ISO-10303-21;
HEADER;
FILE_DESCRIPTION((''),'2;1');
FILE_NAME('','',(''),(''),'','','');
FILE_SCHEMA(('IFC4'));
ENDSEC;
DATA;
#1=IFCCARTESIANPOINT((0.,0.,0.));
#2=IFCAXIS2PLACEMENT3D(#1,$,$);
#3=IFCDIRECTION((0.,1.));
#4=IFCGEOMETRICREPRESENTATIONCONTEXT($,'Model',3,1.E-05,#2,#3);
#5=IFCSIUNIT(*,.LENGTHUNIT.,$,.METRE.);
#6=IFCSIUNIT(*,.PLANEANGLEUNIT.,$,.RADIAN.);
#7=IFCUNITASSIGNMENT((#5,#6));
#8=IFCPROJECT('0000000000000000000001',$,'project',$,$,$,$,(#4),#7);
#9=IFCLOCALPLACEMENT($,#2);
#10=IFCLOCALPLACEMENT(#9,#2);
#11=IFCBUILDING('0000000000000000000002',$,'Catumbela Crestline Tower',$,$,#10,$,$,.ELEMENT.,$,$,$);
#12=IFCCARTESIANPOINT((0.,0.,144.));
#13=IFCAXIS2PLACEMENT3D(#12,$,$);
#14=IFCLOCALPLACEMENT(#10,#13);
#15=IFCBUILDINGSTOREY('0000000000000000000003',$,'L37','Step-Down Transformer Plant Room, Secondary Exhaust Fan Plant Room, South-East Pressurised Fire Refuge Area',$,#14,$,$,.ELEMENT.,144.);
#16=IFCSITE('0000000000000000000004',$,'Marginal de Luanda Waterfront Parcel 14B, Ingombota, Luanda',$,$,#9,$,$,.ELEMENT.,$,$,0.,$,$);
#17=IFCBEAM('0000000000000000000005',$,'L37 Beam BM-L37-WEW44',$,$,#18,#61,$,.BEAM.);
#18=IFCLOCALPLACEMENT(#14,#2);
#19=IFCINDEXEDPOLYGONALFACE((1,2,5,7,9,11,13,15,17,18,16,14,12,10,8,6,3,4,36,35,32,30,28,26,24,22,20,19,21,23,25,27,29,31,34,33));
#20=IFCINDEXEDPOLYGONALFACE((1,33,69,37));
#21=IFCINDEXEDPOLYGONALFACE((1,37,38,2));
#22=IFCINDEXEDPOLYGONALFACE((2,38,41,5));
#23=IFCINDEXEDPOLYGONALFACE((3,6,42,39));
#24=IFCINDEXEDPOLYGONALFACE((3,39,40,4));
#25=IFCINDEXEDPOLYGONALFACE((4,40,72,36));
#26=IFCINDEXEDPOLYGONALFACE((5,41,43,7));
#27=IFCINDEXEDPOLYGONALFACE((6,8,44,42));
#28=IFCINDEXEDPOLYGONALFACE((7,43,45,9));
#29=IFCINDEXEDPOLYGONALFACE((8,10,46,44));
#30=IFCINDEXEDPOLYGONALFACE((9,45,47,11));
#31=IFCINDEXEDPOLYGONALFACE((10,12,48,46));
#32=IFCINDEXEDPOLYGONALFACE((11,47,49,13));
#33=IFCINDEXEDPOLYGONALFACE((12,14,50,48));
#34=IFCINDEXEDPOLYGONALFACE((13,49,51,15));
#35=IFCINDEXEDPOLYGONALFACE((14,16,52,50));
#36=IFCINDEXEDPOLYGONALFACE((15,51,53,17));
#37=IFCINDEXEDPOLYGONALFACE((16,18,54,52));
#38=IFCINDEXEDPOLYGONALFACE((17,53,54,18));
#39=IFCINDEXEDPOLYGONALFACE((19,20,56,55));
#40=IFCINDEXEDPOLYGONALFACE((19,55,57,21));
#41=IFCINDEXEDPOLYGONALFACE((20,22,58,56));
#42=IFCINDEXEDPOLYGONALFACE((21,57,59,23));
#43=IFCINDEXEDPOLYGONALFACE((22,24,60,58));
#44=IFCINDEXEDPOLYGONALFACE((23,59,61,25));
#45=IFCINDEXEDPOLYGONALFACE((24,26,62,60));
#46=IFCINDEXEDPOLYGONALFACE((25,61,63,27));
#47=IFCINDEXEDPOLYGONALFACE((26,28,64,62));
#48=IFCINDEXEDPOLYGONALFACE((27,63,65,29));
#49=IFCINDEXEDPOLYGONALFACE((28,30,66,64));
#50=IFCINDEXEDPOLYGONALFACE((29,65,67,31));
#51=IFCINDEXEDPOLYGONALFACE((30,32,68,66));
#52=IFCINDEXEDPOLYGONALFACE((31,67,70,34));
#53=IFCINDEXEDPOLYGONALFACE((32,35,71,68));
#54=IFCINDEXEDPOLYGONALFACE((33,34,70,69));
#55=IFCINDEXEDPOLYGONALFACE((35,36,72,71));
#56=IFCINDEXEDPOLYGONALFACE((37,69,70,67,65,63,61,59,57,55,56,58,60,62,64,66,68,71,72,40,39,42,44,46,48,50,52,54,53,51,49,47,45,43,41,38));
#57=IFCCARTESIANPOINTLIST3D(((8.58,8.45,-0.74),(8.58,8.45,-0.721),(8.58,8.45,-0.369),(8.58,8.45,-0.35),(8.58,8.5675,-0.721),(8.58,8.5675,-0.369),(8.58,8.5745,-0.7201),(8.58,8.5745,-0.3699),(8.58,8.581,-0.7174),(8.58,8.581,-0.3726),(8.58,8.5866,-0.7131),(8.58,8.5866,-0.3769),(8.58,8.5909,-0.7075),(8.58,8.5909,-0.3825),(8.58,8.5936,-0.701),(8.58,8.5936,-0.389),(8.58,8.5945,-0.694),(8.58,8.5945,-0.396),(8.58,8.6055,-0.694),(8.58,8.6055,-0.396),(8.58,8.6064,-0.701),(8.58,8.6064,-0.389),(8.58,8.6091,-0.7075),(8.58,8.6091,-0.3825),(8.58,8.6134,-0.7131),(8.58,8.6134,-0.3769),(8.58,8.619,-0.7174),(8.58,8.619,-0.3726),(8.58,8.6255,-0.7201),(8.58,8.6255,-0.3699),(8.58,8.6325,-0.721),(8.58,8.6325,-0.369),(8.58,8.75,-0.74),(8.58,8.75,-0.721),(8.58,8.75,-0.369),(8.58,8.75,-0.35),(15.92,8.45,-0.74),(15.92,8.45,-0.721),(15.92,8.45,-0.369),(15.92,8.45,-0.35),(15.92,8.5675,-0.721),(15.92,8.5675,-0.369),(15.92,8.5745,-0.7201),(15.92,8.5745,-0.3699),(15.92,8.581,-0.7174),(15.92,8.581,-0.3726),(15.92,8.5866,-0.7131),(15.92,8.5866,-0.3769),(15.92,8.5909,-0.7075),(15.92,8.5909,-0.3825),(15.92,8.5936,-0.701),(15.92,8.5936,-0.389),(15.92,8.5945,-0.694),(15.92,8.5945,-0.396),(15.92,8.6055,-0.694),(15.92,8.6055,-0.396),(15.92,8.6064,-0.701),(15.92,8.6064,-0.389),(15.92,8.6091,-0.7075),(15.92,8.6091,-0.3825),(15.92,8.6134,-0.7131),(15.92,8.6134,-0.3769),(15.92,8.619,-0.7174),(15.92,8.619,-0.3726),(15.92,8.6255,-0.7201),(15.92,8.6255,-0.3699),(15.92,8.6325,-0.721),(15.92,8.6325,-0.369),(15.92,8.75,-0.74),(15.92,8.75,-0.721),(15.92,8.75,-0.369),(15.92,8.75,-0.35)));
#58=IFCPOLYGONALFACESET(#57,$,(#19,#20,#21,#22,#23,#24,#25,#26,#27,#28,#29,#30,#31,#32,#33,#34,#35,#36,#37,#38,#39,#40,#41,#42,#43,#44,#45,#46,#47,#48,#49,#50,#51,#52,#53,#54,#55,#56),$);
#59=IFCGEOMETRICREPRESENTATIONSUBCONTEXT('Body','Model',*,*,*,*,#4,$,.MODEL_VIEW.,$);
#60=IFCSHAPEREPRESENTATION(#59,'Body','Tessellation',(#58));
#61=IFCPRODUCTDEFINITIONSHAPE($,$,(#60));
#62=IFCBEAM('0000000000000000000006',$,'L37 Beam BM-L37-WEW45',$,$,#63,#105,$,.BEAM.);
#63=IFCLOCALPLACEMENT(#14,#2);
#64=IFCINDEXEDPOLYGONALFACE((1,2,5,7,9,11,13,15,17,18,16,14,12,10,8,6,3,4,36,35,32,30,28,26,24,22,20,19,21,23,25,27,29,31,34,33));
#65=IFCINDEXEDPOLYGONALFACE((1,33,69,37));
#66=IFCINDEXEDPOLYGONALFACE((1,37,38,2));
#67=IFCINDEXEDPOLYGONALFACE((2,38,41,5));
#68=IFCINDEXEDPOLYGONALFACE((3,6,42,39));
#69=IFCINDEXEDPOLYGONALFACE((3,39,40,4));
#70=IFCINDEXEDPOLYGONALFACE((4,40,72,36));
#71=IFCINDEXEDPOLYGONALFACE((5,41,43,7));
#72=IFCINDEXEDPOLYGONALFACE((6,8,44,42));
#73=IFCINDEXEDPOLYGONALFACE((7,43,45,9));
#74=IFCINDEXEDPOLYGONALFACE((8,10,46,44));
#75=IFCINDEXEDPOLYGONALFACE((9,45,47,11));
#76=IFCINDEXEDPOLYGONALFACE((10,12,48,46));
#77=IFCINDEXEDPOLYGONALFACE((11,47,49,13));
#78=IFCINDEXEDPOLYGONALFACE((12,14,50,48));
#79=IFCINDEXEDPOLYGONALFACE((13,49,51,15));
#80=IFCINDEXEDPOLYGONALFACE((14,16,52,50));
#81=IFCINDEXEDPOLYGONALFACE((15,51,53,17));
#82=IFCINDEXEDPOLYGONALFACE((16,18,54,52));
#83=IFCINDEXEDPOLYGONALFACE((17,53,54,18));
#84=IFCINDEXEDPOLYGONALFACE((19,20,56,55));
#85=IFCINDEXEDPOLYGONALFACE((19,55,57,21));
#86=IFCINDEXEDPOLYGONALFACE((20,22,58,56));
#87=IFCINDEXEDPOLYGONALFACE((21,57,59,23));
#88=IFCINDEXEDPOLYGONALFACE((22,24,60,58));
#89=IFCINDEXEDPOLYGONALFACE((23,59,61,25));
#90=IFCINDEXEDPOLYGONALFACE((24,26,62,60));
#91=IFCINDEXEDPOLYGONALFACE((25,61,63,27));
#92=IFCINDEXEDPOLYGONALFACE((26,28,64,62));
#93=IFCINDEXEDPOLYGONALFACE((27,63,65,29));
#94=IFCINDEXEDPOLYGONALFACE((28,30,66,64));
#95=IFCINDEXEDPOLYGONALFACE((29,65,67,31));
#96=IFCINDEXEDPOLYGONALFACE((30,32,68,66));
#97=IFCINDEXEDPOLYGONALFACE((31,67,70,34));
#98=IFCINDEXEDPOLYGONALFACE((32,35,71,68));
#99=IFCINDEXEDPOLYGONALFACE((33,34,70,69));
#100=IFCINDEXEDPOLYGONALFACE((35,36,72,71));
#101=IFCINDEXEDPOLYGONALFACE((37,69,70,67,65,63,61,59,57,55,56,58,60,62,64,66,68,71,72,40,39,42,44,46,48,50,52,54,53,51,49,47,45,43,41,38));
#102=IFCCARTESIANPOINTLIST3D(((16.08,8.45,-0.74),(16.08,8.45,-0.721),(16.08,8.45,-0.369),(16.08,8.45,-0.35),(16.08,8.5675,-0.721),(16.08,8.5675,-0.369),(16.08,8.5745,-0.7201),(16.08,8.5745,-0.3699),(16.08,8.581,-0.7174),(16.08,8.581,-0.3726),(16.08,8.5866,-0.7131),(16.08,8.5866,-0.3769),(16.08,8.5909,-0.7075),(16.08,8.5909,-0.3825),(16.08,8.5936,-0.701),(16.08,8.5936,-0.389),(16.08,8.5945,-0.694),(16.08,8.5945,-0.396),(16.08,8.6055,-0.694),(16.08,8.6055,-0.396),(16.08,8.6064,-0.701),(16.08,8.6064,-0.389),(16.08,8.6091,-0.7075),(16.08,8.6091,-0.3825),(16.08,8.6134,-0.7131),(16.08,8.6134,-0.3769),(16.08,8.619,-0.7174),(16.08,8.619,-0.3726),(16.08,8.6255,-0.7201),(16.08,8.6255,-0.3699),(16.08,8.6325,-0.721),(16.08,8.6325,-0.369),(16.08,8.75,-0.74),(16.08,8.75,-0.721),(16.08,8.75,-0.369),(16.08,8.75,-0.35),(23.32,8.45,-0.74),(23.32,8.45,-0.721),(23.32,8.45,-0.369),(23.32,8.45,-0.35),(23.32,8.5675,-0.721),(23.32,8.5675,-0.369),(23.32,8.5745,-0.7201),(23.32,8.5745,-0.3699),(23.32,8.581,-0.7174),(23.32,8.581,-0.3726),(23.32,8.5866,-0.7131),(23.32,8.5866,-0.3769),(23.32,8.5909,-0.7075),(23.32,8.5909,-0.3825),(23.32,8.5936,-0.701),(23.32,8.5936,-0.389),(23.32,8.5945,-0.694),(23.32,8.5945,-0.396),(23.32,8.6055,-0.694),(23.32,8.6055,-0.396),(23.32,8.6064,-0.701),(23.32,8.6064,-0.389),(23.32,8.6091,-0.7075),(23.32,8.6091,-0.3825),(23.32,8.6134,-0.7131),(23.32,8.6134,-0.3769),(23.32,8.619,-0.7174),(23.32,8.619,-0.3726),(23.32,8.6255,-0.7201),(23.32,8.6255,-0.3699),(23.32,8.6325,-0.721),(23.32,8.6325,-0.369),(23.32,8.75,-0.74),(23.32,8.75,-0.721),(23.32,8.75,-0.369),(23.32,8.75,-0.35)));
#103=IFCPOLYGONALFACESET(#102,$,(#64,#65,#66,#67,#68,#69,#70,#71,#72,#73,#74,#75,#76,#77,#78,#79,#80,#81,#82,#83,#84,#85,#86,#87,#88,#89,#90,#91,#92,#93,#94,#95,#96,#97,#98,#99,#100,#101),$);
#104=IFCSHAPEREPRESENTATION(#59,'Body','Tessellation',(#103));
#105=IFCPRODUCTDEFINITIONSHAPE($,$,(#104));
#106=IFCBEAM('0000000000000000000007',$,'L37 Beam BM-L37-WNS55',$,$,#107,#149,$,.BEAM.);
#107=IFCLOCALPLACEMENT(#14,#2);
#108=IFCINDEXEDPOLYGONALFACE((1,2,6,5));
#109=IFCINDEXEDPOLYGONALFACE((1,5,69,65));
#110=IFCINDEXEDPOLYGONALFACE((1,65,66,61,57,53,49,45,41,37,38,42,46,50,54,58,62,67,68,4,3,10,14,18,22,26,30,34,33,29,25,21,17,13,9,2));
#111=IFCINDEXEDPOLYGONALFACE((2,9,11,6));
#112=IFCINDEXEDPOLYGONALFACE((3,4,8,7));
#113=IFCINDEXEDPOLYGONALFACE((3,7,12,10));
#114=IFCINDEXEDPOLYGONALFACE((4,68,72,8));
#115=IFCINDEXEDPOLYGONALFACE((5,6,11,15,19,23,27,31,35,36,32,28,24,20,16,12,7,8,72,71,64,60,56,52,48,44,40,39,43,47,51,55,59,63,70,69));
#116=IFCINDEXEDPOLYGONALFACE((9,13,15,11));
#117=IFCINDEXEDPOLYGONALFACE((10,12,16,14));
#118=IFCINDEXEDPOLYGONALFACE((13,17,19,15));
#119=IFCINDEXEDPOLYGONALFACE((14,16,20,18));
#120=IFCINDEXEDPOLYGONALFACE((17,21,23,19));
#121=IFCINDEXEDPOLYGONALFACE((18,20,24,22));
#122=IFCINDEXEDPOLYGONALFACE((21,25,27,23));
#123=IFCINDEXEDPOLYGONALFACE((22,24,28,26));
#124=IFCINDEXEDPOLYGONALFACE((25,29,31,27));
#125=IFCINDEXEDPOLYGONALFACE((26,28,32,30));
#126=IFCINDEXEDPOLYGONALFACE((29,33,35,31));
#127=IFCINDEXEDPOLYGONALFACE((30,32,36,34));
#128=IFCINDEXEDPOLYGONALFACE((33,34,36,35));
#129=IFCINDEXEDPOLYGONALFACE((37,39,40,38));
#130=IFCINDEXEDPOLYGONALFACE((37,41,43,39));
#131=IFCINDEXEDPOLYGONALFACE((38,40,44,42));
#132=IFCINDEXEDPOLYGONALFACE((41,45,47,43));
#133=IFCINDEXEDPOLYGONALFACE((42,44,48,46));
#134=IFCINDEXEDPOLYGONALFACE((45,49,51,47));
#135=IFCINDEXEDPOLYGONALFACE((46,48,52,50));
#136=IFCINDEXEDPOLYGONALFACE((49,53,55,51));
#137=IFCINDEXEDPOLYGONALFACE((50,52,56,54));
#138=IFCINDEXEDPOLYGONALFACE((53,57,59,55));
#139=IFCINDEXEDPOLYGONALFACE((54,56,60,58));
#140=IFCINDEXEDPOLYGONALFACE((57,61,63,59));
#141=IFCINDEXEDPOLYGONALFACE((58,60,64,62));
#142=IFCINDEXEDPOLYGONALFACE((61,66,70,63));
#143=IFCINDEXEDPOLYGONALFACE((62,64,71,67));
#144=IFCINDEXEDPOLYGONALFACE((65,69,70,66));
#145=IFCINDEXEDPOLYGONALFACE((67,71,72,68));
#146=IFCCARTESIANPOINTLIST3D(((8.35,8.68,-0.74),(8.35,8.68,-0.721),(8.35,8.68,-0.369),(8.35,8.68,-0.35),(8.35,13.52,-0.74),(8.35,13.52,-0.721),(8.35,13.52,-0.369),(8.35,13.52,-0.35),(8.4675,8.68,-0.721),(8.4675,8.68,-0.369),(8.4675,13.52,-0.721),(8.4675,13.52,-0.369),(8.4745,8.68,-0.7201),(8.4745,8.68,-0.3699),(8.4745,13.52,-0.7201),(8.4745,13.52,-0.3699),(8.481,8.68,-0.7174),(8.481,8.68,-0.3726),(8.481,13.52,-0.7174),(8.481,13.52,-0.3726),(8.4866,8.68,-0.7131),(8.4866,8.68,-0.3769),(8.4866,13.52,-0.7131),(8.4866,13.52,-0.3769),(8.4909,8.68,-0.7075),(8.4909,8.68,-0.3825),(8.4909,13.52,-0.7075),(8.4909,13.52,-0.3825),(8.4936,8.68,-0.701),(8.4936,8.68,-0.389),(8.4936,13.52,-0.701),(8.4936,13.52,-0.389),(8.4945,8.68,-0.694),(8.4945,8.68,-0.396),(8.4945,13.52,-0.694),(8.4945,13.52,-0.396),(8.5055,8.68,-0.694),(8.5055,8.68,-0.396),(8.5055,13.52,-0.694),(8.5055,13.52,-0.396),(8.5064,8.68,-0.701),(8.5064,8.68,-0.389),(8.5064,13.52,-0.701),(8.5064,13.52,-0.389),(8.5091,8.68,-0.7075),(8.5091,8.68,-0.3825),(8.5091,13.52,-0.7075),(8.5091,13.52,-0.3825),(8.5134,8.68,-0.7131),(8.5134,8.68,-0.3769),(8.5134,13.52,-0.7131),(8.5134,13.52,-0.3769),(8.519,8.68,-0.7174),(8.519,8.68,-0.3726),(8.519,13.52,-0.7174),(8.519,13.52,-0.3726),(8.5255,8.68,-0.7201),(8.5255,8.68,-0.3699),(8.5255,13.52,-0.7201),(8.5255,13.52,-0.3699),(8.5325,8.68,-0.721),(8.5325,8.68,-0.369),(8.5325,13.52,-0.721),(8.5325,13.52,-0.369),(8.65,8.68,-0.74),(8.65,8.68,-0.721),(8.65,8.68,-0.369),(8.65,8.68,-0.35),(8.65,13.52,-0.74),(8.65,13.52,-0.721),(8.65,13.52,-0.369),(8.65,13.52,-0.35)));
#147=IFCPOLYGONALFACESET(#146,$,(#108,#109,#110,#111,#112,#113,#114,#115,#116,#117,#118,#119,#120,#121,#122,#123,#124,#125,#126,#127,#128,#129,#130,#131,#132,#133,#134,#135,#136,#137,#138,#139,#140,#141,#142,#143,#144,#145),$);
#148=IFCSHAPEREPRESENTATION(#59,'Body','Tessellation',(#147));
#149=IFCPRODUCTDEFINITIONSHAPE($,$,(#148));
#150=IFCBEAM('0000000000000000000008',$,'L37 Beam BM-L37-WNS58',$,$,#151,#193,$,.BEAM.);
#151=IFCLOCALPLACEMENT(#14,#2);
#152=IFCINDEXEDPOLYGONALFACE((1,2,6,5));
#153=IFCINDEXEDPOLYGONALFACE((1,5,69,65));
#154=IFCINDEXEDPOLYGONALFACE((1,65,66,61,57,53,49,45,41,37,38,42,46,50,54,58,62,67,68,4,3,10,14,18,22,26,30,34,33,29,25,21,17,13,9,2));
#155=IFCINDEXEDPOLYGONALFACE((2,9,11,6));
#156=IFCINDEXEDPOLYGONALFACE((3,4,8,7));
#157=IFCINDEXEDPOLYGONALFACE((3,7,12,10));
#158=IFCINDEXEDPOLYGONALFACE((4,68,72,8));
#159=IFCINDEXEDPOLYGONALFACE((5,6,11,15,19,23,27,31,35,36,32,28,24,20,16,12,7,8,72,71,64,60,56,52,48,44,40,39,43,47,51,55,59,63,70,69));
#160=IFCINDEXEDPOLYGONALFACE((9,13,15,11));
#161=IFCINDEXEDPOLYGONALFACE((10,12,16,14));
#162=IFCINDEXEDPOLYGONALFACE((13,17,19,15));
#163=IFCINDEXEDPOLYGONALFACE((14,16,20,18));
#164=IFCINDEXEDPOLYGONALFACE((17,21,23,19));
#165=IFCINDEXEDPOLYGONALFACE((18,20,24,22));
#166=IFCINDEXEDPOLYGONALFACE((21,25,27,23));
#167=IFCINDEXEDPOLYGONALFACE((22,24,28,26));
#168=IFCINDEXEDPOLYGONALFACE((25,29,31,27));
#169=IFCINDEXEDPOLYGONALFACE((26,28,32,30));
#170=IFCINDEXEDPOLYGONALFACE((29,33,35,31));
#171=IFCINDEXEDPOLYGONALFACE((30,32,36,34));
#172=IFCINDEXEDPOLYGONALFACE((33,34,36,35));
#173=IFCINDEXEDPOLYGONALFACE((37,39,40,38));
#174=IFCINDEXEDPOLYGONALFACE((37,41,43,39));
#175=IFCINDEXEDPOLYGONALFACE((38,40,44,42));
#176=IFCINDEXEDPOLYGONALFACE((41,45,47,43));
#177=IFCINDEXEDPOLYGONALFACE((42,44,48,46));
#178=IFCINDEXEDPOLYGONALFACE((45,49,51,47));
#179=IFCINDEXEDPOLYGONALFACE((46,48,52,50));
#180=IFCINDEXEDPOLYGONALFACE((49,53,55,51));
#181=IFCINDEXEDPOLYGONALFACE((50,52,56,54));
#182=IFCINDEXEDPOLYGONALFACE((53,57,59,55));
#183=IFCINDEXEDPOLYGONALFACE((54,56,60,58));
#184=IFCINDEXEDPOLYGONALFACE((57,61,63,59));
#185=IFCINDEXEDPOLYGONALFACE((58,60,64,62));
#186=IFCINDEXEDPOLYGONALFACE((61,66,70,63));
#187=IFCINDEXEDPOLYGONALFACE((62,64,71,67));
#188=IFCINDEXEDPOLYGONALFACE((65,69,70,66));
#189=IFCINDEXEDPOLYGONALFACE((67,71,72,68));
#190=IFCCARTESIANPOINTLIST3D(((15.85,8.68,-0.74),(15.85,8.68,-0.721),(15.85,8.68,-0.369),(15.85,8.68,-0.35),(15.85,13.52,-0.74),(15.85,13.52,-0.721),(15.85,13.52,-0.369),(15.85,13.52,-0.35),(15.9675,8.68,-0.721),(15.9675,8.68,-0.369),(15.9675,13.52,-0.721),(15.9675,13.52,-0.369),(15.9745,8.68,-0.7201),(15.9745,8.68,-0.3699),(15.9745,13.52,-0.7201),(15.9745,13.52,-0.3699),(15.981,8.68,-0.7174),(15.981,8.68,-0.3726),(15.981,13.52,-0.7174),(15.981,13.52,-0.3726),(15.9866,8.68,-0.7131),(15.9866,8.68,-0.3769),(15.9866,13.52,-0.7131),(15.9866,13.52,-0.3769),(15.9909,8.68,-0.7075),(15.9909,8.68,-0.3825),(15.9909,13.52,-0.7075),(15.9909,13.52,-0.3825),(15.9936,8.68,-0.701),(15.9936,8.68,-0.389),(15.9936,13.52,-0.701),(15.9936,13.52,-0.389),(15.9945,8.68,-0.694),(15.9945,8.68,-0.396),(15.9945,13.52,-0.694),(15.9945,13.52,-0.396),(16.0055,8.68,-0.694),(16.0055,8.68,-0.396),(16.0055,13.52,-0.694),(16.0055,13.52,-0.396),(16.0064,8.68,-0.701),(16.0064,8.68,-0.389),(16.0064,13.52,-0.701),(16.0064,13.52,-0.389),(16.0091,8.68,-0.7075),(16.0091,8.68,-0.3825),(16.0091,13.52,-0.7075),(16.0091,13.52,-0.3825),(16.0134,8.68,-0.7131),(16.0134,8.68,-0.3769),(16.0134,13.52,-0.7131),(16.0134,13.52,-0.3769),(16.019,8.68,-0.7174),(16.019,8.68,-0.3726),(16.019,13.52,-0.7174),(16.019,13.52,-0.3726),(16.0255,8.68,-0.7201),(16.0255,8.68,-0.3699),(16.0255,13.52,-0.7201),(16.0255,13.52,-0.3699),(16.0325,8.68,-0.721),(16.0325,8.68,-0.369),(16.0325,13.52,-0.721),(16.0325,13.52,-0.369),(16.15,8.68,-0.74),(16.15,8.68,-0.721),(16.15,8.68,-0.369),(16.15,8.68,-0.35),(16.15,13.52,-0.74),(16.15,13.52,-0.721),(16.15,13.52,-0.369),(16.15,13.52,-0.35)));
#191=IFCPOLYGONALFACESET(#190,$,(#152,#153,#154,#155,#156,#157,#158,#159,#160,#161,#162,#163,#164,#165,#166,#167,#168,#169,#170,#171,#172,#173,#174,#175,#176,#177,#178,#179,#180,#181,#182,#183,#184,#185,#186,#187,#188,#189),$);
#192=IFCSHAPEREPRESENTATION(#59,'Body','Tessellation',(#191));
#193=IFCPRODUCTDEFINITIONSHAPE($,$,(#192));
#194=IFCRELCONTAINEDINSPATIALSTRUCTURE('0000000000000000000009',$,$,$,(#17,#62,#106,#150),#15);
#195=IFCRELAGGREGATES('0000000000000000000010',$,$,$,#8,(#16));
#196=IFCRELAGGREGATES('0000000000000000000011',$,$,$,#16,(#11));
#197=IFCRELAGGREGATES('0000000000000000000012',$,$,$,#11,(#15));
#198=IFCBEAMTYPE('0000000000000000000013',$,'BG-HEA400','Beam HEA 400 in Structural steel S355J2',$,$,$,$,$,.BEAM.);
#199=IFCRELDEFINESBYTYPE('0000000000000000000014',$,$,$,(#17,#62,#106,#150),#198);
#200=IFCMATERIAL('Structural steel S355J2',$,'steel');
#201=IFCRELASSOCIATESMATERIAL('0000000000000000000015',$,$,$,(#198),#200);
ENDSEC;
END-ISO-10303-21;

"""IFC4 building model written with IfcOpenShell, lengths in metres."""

from ifc_helpers import new_model, si_unit, direction, frame, origin, origin_2d, place, context, subcontext, project, spatial, i_section, extrude, material, material_profile, profile_set, type_object, element, save


model = new_model("IFC4")

# Units and contexts
model_context = context("Model", 3, precision=1e-05, world=origin(), true_north=direction((0.0, 1.0)))
body_context = subcontext(model_context, "Body", "Model", "MODEL_VIEW")
ifc_project = project(units=[si_unit("LENGTHUNIT", "METRE"), si_unit("PLANEANGLEUNIT", "RADIAN")], contexts=[model_context])

# Site, building, storey
site_placement = place(None, origin())
site = spatial("IfcSite", under=ifc_project, at=site_placement, Name="Marginal de Luanda Waterfront Parcel 14B, Ingombota, Luanda", CompositionType="ELEMENT", RefElevation=0.0)
building_placement = place(site_placement, origin())
building = spatial("IfcBuilding", under=site, at=building_placement, Name="Catumbela Crestline Tower", CompositionType="ELEMENT")
storey_placement = place(building_placement, frame((0.0, 0.0, 144.0)))
storey = spatial("IfcBuildingStorey", under=building, at=storey_placement, Name="L37", Description="Step-Down Transformer Plant Room, Secondary Exhaust Fan Plant Room, South-East Pressurised Fire Refuge Area", CompositionType="ELEMENT", Elevation=144.0)

# Beams
ifc_material_1 = material(Name="Structural steel S355J2", Category="steel")
ifc_material_profile_1 = material_profile(ifc_material_1, i_section(OverallWidth=0.3, OverallDepth=0.39, WebThickness=0.011, FlangeThickness=0.019, FilletRadius=0.027, at=origin_2d()), Name="HEA 400")
ifc_profile_set_1 = profile_set([ifc_material_profile_1], Name="Structural steel S355J2")
beam_type_1 = type_object("IfcBeamType", Name="BG-HEA400", Description="Beam HEA 400 in Structural steel S355J2", PredefinedType="BEAM", material=ifc_profile_set_1)
beam_1_placement = place(storey_placement, frame((8.58, 8.6, -0.545), z_axis=(1.0, 0.0, 0.0), x_axis=(0.0, 1.0, 0.0)))
element("IfcBeam", 1, at=beam_1_placement, inside=storey, type_object=beam_type_1, Name="L37 Beam BM-L37-WEW44", PredefinedType="BEAM", context=body_context, shape_type="SweptSolid", body=[
    extrude(i_section(OverallWidth=0.3, OverallDepth=0.39, WebThickness=0.011, FlangeThickness=0.019, FilletRadius=0.027, at=origin_2d()), origin(), (0.0, 0.0, 1.0), 7.34),
])
beam_2_placement = place(storey_placement, frame((16.08, 8.6, -0.545), z_axis=(1.0, 0.0, 0.0), x_axis=(0.0, 1.0, 0.0)))
element("IfcBeam", 2, at=beam_2_placement, inside=storey, type_object=beam_type_1, Name="L37 Beam BM-L37-WEW45", PredefinedType="BEAM", context=body_context, shape_type="SweptSolid", body=[
    extrude(i_section(OverallWidth=0.3, OverallDepth=0.39, WebThickness=0.011, FlangeThickness=0.019, FilletRadius=0.027, at=origin_2d()), origin(), (0.0, 0.0, 1.0), 7.24),
])
for number, where, z_axis, x_axis, name in (
    (3, (8.5, 8.68, -0.545), (0.0, 1.0, 0.0), (-1.0, 0.0, 0.0), "L37 Beam BM-L37-WNS55"),
    (4, (16.0, 8.68, -0.545), (0.0, 1.0, 0.0), (-1.0, 0.0, 0.0), "L37 Beam BM-L37-WNS58"),
):
    element("IfcBeam", number, at=place(storey_placement, frame(where, z_axis=z_axis, x_axis=x_axis)), inside=storey, type_object=beam_type_1, Name=name, PredefinedType="BEAM", context=body_context, shape_type="SweptSolid", body=[
        extrude(i_section(OverallWidth=0.3, OverallDepth=0.39, WebThickness=0.011, FlangeThickness=0.019, FilletRadius=0.027, at=origin_2d()), origin(), (0.0, 0.0, 1.0), 4.84),
    ])

save(model, "model.ifc")
